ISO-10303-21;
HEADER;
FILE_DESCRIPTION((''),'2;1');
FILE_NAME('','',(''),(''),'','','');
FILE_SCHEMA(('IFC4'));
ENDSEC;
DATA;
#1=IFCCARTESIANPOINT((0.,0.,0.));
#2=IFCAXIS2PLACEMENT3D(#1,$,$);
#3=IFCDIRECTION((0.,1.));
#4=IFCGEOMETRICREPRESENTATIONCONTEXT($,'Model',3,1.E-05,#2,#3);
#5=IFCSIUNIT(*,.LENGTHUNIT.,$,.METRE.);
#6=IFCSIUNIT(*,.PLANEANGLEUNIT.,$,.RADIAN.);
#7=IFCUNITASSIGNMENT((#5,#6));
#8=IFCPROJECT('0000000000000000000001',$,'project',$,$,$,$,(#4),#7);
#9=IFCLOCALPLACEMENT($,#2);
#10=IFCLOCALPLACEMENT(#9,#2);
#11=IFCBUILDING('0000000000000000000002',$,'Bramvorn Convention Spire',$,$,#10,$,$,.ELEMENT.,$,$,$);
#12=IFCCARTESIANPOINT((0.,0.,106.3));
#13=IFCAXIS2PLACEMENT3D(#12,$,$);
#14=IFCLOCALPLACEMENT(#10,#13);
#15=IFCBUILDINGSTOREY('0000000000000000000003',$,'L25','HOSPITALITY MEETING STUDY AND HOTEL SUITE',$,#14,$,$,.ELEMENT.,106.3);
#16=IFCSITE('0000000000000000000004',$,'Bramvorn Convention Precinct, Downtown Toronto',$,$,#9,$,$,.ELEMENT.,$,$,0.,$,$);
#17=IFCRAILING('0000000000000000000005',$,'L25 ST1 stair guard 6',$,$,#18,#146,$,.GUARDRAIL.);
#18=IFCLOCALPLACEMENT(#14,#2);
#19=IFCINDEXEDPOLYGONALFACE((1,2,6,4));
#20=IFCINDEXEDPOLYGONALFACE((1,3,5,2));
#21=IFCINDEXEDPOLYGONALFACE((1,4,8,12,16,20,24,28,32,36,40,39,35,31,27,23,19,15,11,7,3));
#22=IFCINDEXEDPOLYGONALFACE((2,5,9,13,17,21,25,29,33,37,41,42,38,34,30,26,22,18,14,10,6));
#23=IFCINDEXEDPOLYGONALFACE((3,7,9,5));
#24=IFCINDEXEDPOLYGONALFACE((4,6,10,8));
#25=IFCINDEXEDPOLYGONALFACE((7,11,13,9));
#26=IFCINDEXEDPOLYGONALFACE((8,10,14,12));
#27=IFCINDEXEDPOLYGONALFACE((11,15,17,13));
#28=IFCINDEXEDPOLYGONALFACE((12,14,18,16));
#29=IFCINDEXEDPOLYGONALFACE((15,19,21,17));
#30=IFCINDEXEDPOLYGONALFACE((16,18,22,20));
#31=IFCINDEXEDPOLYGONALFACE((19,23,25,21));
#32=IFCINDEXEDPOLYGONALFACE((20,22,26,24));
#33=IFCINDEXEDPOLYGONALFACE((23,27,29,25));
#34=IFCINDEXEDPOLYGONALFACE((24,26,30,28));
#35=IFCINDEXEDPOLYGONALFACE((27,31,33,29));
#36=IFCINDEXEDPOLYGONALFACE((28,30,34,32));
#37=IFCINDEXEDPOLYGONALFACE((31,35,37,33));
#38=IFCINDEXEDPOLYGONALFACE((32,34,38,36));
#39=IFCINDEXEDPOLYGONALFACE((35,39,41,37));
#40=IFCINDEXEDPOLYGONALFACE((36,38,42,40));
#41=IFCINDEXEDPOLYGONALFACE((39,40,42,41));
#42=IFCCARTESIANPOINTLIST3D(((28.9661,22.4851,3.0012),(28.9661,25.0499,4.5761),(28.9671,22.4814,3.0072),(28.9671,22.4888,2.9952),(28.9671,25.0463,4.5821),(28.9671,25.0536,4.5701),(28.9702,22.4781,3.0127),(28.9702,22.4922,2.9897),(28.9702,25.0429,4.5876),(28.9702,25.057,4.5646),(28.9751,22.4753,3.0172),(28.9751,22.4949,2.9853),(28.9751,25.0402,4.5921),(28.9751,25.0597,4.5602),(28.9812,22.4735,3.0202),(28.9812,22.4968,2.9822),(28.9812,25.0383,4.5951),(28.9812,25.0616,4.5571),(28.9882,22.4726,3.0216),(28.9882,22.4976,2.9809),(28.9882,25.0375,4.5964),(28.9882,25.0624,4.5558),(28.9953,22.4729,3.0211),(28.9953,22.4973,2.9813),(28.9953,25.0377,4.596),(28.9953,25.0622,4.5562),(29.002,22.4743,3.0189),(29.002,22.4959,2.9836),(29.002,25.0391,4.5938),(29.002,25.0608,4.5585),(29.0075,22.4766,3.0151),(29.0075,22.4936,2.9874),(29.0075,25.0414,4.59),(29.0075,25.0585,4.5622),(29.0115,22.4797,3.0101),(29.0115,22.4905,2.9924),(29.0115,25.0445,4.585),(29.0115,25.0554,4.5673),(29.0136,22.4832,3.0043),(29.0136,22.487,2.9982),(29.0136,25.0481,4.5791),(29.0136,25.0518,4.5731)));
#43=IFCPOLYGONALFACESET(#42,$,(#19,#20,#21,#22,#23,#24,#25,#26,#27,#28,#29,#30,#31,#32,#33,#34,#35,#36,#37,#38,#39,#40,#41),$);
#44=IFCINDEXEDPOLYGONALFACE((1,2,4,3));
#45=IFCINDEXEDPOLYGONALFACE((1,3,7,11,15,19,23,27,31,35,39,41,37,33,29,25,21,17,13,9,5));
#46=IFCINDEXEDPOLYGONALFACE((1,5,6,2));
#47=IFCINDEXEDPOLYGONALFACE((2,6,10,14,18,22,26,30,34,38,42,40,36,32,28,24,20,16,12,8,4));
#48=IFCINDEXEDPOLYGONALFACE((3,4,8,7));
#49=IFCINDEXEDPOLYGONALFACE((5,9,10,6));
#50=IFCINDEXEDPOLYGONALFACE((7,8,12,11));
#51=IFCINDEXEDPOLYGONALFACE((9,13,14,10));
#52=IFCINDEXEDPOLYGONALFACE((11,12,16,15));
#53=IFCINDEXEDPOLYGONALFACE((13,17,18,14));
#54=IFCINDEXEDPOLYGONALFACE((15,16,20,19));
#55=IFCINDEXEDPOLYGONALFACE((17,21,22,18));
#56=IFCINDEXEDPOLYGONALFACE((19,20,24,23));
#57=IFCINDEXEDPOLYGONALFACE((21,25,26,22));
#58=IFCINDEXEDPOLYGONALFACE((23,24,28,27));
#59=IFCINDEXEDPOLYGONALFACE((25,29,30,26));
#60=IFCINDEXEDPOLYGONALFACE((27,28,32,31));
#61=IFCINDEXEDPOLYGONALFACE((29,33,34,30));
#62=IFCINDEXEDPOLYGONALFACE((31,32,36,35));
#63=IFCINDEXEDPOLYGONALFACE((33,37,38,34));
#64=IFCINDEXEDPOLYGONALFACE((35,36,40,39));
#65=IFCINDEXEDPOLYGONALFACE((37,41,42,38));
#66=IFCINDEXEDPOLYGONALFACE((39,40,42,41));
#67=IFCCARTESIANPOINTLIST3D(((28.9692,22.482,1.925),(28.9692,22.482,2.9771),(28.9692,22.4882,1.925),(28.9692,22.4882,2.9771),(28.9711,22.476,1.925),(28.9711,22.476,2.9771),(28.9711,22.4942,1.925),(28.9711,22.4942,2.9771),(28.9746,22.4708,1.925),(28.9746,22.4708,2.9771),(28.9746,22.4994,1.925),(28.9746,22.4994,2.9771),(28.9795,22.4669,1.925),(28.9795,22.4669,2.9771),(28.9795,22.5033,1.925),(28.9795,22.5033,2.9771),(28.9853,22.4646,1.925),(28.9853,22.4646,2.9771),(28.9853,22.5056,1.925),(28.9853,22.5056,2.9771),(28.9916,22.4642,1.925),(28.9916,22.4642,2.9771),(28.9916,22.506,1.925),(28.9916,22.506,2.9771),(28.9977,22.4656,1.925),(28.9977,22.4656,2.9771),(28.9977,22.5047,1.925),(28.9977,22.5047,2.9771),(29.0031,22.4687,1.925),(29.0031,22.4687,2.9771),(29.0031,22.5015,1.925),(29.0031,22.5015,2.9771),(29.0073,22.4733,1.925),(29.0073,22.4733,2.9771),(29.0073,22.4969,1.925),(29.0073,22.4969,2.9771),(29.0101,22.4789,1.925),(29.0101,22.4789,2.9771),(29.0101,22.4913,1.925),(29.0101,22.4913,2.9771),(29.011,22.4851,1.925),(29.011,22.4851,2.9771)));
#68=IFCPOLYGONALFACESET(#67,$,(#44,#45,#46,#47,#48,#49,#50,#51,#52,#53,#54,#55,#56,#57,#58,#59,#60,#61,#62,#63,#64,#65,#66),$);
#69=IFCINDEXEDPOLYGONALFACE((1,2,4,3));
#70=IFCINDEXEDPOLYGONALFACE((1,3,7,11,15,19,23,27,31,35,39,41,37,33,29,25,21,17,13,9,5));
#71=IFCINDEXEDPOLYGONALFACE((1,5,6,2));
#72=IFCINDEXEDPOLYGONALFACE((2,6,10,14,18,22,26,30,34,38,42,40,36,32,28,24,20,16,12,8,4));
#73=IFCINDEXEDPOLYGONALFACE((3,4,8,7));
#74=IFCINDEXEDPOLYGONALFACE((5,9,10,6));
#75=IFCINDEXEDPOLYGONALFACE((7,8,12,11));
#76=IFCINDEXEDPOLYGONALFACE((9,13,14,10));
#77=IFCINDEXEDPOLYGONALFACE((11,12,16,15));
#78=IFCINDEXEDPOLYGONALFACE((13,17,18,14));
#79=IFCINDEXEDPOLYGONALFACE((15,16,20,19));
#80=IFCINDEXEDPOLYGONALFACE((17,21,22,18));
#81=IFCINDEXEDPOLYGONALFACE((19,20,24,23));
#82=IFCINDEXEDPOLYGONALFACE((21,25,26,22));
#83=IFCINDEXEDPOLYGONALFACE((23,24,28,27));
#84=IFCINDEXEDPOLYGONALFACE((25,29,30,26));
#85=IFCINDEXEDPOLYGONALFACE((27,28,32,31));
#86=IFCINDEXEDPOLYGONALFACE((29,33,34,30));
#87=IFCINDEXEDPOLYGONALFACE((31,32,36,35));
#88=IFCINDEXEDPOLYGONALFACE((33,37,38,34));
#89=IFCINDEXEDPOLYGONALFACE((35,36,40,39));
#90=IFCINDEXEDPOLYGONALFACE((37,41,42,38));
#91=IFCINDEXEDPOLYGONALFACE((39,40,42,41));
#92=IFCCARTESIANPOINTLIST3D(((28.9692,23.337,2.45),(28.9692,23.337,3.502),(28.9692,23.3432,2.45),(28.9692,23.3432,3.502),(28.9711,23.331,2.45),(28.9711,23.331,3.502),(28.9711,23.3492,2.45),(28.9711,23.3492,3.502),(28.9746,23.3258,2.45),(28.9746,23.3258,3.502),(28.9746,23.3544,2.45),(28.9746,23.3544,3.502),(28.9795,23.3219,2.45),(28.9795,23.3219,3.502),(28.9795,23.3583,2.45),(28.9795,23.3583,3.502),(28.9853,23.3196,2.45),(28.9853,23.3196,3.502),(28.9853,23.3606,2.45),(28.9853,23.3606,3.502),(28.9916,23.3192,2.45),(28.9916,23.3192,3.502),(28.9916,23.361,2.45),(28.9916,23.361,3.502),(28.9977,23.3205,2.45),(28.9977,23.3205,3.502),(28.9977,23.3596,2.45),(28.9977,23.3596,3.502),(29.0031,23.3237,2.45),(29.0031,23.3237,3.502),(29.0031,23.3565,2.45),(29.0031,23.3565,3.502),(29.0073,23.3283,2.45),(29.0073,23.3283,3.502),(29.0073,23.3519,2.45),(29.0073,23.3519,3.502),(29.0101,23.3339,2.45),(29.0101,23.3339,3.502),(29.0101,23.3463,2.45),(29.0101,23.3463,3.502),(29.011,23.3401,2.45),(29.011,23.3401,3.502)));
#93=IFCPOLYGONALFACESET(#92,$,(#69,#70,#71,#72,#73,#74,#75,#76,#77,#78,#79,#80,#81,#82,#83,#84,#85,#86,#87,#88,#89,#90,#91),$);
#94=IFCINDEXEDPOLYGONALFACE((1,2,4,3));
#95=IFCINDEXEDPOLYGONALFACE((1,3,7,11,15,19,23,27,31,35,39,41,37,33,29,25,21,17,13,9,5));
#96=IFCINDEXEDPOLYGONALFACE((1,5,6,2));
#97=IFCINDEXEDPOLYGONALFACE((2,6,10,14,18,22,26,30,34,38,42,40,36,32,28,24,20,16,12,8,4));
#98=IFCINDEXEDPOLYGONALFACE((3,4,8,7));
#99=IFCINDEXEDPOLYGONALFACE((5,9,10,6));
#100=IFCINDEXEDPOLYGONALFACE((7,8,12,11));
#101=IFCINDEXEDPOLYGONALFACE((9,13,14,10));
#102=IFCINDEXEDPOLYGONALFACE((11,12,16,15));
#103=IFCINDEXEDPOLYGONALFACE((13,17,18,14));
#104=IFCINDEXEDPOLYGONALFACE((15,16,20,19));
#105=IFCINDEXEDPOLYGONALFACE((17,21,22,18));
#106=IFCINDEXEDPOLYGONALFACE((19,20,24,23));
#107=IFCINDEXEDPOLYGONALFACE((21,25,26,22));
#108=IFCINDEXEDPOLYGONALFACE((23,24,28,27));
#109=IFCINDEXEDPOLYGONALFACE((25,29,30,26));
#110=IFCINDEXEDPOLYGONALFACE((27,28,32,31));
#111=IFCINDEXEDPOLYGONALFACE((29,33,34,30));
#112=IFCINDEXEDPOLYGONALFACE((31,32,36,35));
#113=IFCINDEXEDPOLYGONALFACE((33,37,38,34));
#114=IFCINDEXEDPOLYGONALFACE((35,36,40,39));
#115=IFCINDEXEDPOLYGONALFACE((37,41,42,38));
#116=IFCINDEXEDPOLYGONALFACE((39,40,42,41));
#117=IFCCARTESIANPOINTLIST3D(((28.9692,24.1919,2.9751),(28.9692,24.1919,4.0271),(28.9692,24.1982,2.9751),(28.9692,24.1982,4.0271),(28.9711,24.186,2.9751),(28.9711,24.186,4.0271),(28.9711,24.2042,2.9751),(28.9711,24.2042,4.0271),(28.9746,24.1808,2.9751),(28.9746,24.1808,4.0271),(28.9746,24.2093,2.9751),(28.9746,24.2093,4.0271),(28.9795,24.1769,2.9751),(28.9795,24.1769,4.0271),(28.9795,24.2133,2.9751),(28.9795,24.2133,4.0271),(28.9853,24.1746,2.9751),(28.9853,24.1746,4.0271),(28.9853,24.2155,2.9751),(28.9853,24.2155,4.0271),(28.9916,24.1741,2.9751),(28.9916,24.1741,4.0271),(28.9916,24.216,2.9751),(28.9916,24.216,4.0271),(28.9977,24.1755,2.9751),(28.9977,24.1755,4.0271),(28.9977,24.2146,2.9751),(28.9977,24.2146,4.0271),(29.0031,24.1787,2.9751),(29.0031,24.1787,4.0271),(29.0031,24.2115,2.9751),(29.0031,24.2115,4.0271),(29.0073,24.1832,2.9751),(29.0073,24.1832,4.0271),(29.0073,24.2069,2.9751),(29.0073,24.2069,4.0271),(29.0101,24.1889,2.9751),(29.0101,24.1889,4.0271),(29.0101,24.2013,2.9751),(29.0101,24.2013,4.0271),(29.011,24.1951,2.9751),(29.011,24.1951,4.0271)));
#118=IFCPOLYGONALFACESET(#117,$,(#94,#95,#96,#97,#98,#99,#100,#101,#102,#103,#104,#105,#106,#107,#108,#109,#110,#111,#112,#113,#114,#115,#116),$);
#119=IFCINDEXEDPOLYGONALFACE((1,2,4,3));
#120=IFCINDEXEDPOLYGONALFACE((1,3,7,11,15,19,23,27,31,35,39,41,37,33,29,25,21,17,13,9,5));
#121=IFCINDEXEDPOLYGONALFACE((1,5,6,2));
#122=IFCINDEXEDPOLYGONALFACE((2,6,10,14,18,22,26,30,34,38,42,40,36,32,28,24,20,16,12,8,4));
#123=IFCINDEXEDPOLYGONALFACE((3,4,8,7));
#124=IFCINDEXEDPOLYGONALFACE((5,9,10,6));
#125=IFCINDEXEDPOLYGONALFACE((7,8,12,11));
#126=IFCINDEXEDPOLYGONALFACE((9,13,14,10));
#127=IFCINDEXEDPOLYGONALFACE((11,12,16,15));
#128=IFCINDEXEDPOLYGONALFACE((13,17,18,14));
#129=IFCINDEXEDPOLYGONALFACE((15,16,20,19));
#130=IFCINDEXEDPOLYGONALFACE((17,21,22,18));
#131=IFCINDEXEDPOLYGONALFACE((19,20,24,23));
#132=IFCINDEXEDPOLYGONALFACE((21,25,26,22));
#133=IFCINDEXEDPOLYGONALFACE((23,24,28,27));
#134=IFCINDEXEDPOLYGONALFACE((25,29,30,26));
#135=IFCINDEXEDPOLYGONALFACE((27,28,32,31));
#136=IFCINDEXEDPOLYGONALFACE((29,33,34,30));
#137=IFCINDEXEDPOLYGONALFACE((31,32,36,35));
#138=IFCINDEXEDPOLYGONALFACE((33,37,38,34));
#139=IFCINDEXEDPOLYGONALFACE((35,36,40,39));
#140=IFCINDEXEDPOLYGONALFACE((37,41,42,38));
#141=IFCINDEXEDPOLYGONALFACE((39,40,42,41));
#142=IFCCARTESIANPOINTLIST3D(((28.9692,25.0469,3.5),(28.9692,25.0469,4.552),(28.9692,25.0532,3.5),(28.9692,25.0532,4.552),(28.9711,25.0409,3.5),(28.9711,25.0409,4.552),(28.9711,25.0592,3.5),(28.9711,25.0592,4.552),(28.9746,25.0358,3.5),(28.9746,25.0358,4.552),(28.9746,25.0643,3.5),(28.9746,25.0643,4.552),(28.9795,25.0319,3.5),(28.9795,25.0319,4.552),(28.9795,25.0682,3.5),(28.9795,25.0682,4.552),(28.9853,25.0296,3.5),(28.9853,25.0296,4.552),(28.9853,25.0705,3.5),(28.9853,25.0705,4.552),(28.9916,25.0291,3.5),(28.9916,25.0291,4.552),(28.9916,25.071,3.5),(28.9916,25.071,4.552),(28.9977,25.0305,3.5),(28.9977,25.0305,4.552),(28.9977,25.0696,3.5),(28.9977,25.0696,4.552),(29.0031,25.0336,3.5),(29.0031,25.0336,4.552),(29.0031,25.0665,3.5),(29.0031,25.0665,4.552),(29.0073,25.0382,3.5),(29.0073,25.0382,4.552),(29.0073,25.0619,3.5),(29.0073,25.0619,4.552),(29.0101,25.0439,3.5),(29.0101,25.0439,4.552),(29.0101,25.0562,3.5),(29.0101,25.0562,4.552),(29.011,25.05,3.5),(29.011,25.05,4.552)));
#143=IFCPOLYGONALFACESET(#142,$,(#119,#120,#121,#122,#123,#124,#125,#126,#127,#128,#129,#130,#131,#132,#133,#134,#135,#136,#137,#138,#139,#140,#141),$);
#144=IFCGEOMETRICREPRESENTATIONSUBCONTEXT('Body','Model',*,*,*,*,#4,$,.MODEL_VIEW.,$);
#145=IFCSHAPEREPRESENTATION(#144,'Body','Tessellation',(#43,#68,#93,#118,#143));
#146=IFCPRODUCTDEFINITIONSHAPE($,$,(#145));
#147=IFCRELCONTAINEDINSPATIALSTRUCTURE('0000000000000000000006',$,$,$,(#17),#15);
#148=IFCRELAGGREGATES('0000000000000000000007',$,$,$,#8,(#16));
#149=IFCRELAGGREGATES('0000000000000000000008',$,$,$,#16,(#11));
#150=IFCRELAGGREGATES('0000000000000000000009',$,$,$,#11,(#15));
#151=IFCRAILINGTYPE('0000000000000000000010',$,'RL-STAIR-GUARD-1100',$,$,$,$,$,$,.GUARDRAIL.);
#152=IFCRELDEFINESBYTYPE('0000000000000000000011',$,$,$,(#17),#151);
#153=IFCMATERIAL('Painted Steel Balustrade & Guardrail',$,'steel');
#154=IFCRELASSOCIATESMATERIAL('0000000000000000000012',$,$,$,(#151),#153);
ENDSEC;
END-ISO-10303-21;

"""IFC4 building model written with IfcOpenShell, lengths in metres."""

from ifc_helpers import new_model, si_unit, direction, frame, origin, origin_2d, place, context, subcontext, project, spatial, circle, extrude, material, type_object, element, save


model = new_model("IFC4")

# Units and contexts
model_context = context("Model", 3, precision=1e-05, world=origin(), true_north=direction((0.0, 1.0)))
body_context = subcontext(model_context, "Body", "Model", "MODEL_VIEW")
ifc_project = project(units=[si_unit("LENGTHUNIT", "METRE"), si_unit("PLANEANGLEUNIT", "RADIAN")], contexts=[model_context])

# Site, building, storey
site_placement = place(None, origin())
site = spatial("IfcSite", under=ifc_project, at=site_placement, Name="Bramvorn Convention Precinct, Downtown Toronto", CompositionType="ELEMENT", RefElevation=0.0)
building_placement = place(site_placement, origin())
building = spatial("IfcBuilding", under=site, at=building_placement, Name="Bramvorn Convention Spire", CompositionType="ELEMENT")
storey_placement = place(building_placement, frame((0.0, 0.0, 106.3)))
storey = spatial("IfcBuildingStorey", under=building, at=storey_placement, Name="L25", Description="HOSPITALITY MEETING STUDY AND HOTEL SUITE", CompositionType="ELEMENT", Elevation=106.3)

# Railing
ifc_material_1 = material(Name="Painted Steel Balustrade & Guardrail", Category="steel")
railing_type_1 = type_object("IfcRailingType", Name="RL-STAIR-GUARD-1100", PredefinedType="GUARDRAIL", material=ifc_material_1)
railing_1_placement = place(storey_placement, frame((28.99, 22.4851, 1.925)))
element("IfcRailing", 1, at=railing_1_placement, inside=storey, type_object=railing_type_1, Name="L25 ST1 stair guard 6", PredefinedType="GUARDRAIL", context=body_context, shape_type="SweptSolid", body=[
    extrude(circle(Radius=0.0239, at=origin_2d()), frame((0.0, 0.0, 1.0762), z_axis=(0.0, 0.852173, 0.52326), x_axis=(-1.0, 0.0, 0.0)), (0.0, 0.0, 1.0), 3.0098),
    extrude(circle(Radius=0.021, at=origin_2d()), origin(), (0.0, 0.0, 1.0), 1.052),
    extrude(circle(Radius=0.021, at=origin_2d()), frame((0.0, 0.855, 0.5249)), (0.0, 0.0, 1.0), 1.052),
    extrude(circle(Radius=0.021, at=origin_2d()), frame((0.0, 1.71, 1.05)), (0.0, 0.0, 1.0), 1.052),
    extrude(circle(Radius=0.021, at=origin_2d()), frame((0.0, 2.5649, 1.575)), (0.0, 0.0, 1.0), 1.052),
])

save(model, "model.ifc")
